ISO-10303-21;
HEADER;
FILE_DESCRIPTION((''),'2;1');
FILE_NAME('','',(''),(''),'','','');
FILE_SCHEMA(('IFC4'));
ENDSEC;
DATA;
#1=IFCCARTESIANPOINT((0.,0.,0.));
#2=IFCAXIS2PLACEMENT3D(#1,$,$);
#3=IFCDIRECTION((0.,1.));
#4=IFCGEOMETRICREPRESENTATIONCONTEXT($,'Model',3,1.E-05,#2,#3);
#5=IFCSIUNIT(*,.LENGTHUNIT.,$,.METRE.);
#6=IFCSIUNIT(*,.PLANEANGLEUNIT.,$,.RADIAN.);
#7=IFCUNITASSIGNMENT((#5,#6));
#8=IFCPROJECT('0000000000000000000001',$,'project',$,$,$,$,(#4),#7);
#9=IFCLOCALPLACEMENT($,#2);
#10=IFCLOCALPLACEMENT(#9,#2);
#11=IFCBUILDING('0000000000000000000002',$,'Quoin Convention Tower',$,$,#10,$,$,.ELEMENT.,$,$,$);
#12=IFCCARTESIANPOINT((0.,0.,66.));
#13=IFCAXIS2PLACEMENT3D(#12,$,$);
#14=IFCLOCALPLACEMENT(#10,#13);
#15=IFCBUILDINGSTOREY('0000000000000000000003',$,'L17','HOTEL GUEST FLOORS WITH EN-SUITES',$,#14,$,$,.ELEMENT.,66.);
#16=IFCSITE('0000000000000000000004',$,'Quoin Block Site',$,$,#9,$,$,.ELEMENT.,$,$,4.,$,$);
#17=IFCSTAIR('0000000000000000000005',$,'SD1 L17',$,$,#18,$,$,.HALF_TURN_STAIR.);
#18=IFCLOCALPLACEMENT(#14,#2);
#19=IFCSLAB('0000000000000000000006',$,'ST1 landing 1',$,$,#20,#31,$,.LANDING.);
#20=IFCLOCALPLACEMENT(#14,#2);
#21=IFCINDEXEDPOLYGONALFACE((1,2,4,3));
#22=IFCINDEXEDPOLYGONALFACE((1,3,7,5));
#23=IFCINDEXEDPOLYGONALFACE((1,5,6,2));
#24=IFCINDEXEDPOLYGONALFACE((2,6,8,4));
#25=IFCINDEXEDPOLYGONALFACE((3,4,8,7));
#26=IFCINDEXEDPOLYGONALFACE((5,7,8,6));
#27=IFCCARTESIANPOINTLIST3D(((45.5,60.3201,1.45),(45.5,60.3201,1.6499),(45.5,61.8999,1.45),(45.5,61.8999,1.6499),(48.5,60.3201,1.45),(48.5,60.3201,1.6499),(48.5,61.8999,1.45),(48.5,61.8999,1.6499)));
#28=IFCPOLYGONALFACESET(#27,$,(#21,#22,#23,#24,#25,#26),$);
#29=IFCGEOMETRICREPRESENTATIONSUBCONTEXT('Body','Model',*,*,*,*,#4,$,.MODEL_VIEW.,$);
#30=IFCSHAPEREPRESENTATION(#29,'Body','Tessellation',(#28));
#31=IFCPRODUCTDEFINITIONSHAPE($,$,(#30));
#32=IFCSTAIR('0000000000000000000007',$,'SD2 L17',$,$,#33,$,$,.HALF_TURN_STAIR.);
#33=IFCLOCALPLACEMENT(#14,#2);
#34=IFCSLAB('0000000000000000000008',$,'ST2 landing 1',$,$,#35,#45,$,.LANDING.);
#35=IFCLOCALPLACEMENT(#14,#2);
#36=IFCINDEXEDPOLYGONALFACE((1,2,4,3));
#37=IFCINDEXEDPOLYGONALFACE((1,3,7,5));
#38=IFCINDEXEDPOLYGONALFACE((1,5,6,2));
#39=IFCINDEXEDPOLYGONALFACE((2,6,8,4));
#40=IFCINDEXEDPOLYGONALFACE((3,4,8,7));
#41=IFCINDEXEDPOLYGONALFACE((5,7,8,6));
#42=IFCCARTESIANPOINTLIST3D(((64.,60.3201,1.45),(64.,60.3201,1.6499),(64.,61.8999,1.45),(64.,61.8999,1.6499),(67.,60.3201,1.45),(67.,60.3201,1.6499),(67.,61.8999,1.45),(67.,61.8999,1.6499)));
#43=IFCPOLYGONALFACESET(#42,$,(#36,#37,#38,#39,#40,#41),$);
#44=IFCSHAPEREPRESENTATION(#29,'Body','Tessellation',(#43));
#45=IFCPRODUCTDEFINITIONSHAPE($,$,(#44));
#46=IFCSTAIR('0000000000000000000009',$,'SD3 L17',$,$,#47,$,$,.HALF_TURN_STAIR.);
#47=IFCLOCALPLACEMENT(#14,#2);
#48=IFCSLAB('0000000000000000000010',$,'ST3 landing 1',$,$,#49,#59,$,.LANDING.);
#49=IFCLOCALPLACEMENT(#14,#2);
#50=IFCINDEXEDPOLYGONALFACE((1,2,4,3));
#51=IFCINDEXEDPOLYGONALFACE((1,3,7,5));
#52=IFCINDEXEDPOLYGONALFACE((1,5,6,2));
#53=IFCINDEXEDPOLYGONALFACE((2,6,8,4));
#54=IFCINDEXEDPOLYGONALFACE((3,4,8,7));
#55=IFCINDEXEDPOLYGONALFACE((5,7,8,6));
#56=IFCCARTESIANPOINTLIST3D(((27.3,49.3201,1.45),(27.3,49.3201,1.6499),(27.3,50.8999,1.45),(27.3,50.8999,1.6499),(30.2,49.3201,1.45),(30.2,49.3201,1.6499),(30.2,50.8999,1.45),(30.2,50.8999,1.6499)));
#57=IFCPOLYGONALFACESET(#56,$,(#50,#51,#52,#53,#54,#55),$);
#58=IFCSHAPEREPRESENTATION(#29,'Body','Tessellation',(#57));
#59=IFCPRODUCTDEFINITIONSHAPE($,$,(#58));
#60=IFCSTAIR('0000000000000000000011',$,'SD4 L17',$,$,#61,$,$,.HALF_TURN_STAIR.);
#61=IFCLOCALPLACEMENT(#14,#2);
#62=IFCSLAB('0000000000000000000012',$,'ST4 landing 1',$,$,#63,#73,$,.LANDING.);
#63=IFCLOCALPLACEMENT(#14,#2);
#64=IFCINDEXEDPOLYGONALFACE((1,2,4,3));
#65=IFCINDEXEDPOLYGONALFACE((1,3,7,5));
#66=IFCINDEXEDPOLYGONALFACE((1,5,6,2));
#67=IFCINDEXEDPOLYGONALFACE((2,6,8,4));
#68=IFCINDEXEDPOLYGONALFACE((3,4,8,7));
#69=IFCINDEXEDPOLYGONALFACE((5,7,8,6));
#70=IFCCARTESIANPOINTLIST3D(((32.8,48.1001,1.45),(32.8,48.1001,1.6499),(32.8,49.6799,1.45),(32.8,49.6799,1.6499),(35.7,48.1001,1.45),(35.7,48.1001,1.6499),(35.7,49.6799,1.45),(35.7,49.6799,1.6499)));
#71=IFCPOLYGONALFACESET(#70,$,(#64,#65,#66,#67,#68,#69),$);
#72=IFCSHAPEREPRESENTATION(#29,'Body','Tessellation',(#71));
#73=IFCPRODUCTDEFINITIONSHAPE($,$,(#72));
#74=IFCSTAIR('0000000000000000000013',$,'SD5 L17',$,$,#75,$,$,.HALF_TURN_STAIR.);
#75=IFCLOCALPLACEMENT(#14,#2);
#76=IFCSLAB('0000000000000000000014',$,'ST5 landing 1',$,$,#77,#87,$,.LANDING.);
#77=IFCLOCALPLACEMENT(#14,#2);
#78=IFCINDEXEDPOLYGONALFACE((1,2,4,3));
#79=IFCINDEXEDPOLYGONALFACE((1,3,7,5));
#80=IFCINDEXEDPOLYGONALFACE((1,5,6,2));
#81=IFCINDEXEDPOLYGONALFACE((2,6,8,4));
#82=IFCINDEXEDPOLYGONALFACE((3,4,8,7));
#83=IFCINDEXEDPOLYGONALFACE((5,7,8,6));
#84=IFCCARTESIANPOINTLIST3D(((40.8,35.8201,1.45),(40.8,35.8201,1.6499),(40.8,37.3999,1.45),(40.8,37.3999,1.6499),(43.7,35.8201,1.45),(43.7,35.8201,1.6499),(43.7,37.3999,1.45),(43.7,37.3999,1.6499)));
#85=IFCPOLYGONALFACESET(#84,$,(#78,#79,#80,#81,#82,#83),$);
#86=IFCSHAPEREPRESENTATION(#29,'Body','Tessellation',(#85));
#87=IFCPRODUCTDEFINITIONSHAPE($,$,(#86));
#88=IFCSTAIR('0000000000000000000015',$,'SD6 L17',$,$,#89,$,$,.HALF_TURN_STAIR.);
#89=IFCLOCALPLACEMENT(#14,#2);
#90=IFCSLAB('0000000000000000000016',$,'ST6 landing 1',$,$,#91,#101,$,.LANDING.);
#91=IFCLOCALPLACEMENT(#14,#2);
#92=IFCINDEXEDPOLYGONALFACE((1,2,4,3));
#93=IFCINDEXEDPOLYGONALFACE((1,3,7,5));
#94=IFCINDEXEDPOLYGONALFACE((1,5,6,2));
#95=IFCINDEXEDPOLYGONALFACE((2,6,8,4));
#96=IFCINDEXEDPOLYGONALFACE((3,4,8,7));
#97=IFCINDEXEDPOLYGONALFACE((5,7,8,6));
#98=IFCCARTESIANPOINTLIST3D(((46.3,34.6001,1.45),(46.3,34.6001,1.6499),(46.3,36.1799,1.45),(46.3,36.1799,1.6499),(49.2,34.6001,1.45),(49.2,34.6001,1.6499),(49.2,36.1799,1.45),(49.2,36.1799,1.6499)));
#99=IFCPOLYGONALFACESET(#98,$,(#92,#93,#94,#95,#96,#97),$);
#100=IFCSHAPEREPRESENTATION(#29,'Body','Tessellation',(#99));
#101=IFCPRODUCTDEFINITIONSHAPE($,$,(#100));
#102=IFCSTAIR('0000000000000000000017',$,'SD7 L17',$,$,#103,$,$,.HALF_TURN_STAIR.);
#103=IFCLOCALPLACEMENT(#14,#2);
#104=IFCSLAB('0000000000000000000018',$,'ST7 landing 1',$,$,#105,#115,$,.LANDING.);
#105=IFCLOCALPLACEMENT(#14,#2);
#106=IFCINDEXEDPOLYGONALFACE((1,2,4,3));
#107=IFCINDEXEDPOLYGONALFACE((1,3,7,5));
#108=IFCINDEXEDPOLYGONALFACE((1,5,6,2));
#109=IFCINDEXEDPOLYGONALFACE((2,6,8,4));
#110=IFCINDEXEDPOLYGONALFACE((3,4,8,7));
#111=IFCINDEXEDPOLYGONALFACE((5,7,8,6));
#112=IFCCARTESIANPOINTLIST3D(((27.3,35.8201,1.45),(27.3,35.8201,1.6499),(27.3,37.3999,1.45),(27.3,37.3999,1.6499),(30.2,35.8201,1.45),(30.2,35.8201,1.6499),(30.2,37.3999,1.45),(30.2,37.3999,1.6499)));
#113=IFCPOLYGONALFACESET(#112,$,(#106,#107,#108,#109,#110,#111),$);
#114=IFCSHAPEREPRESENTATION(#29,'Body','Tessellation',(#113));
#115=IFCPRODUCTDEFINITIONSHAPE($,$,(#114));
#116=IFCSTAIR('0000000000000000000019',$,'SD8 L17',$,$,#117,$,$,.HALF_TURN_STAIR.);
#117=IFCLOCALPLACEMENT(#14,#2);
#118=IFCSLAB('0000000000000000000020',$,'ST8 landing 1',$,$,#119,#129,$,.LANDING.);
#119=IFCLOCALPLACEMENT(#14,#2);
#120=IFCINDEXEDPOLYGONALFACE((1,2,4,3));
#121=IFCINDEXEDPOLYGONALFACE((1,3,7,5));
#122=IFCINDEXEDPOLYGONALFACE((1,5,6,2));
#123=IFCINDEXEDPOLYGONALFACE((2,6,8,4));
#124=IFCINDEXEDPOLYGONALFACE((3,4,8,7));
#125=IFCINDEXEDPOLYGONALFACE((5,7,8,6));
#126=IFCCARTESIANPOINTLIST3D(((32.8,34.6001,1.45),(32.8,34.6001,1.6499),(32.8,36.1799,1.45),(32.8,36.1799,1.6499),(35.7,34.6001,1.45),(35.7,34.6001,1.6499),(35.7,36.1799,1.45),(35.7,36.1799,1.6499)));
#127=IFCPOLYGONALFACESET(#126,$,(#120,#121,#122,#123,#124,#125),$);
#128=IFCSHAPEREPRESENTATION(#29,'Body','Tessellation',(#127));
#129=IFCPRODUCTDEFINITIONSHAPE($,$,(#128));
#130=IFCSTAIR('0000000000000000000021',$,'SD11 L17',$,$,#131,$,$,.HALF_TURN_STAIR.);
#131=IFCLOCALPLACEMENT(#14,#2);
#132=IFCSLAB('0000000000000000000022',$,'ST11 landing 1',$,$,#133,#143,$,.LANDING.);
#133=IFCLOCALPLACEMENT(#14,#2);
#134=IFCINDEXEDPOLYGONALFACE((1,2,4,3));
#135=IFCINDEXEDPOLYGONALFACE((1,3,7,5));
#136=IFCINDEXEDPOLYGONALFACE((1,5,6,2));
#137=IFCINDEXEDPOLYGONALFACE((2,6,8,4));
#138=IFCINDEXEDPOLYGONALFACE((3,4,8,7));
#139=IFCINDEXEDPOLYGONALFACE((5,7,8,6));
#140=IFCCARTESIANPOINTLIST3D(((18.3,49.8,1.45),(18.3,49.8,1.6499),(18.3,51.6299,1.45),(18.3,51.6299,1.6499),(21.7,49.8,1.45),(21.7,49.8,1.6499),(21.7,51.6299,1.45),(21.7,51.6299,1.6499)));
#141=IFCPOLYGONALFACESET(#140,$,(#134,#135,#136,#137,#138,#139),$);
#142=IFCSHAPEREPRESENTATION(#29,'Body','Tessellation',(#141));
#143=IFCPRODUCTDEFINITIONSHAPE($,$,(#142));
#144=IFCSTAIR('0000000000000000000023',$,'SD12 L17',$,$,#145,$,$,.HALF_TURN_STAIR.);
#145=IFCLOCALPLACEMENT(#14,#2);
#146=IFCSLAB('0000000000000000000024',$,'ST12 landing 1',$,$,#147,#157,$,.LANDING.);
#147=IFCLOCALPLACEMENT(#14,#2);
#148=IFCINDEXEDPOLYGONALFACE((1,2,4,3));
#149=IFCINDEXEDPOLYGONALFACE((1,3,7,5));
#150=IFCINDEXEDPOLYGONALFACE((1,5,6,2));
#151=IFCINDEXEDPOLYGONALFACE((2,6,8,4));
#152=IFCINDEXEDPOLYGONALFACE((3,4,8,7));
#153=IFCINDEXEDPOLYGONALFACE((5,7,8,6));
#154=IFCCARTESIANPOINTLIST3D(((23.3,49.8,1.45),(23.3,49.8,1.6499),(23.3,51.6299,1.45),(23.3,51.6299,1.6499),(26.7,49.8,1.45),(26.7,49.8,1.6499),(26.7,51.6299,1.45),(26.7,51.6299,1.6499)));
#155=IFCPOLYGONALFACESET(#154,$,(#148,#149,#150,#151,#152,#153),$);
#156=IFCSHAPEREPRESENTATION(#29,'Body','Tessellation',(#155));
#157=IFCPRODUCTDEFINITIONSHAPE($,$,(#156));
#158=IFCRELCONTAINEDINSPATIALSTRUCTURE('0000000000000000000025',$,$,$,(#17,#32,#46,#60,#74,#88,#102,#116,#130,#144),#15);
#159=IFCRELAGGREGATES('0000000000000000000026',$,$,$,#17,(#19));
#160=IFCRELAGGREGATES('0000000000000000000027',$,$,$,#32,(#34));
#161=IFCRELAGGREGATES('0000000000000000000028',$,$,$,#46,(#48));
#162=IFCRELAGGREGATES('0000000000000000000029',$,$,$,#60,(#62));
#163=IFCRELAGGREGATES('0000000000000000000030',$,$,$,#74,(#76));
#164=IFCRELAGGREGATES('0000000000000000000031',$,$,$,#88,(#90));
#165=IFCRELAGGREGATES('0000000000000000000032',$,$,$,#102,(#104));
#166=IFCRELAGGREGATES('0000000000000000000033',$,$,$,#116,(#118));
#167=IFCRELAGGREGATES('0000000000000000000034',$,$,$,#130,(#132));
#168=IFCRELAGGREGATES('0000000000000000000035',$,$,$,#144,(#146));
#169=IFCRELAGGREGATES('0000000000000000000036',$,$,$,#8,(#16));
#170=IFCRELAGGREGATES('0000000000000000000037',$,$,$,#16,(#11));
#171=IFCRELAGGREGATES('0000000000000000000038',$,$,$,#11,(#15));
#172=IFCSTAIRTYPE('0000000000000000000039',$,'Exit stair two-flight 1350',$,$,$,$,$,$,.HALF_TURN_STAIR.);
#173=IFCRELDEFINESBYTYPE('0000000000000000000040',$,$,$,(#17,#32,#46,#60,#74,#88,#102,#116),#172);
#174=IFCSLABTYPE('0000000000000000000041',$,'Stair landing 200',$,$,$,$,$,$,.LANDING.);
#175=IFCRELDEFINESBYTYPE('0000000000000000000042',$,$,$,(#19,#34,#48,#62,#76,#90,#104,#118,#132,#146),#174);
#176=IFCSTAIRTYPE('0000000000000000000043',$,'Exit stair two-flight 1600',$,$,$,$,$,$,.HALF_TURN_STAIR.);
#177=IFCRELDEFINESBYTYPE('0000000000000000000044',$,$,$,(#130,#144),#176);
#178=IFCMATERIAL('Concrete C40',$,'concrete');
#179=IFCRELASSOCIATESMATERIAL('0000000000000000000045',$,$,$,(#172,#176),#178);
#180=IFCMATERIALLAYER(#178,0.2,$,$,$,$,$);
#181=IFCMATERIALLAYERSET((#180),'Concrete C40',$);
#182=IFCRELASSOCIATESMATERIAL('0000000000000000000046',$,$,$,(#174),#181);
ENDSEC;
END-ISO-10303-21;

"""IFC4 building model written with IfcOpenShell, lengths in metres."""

from ifc_helpers import new_model, si_unit, direction, frame, origin, place, context, subcontext, project, spatial, polyline, outline, extrude, material, layer, layer_set, type_object, element, aggregate, save


model = new_model("IFC4")

# Units and contexts
model_context = context("Model", 3, precision=1e-05, world=origin(), true_north=direction((0.0, 1.0)))
body_context = subcontext(model_context, "Body", "Model", "MODEL_VIEW")
ifc_project = project(units=[si_unit("LENGTHUNIT", "METRE"), si_unit("PLANEANGLEUNIT", "RADIAN")], contexts=[model_context])

# Site, building, storey
site_placement = place(None, origin())
site = spatial("IfcSite", under=ifc_project, at=site_placement, Name="Quoin Block Site", CompositionType="ELEMENT", RefElevation=4.0)
building_placement = place(site_placement, origin())
building = spatial("IfcBuilding", under=site, at=building_placement, Name="Quoin Convention Tower", CompositionType="ELEMENT")
storey_placement = place(building_placement, frame((0.0, 0.0, 66.0)))
storey = spatial("IfcBuildingStorey", under=building, at=storey_placement, Name="L17", Description="HOTEL GUEST FLOORS WITH EN-SUITES", CompositionType="ELEMENT", Elevation=66.0)

# Stairs, slabs
ifc_material_1 = material(Name="Concrete C40", Category="concrete")
stair_type_1 = type_object("IfcStairType", Name="Exit stair two-flight 1350", PredefinedType="HALF_TURN_STAIR", material=ifc_material_1)
stair_1_placement = place(storey_placement, origin())
stair_1 = element("IfcStair", 1, at=stair_1_placement, inside=storey, type_object=stair_type_1, Name="SD1 L17", PredefinedType="HALF_TURN_STAIR")
ifc_layer_1 = layer(ifc_material_1, 0.2)
ifc_layer_set_1 = layer_set([ifc_layer_1], Name="Concrete C40")
slab_type_1 = type_object("IfcSlabType", Name="Stair landing 200", PredefinedType="LANDING", material=ifc_layer_set_1)
slab_1_placement = place(storey_placement, frame((0.0, 0.0, 1.45)))
slab_1 = element("IfcSlab", 2, at=slab_1_placement, type_object=slab_type_1, Name="ST1 landing 1", PredefinedType="LANDING", context=body_context, shape_type="SweptSolid", body=[
    extrude(outline(polyline([(45.5, 60.3201), (48.5, 60.3201), (48.5, 61.8999), (45.5, 61.8999), (45.5, 60.3201)])), origin(), (0.0, 0.0, 1.0), 0.2),
])
aggregate(stair_1, [slab_1])
stair_2_placement = place(storey_placement, origin())
stair_2 = element("IfcStair", 3, at=stair_2_placement, inside=storey, type_object=stair_type_1, Name="SD2 L17", PredefinedType="HALF_TURN_STAIR")
slab_2_placement = place(storey_placement, frame((0.0, 0.0, 1.45)))
slab_2 = element("IfcSlab", 4, at=slab_2_placement, type_object=slab_type_1, Name="ST2 landing 1", PredefinedType="LANDING", context=body_context, shape_type="SweptSolid", body=[
    extrude(outline(polyline([(64.0, 60.3201), (67.0, 60.3201), (67.0, 61.8999), (64.0, 61.8999), (64.0, 60.3201)])), origin(), (0.0, 0.0, 1.0), 0.2),
])
aggregate(stair_2, [slab_2])
stair_3_placement = place(storey_placement, origin())
stair_3 = element("IfcStair", 5, at=stair_3_placement, inside=storey, type_object=stair_type_1, Name="SD3 L17", PredefinedType="HALF_TURN_STAIR")
slab_3_placement = place(storey_placement, frame((0.0, 0.0, 1.45)))
slab_3 = element("IfcSlab", 6, at=slab_3_placement, type_object=slab_type_1, Name="ST3 landing 1", PredefinedType="LANDING", context=body_context, shape_type="SweptSolid", body=[
    extrude(outline(polyline([(27.3, 49.3201), (30.2, 49.3201), (30.2, 50.8999), (27.3, 50.8999), (27.3, 49.3201)])), origin(), (0.0, 0.0, 1.0), 0.2),
])
aggregate(stair_3, [slab_3])
stair_4_placement = place(storey_placement, origin())
stair_4 = element("IfcStair", 7, at=stair_4_placement, inside=storey, type_object=stair_type_1, Name="SD4 L17", PredefinedType="HALF_TURN_STAIR")
slab_4_placement = place(storey_placement, frame((0.0, 0.0, 1.45)))
slab_4 = element("IfcSlab", 8, at=slab_4_placement, type_object=slab_type_1, Name="ST4 landing 1", PredefinedType="LANDING", context=body_context, shape_type="SweptSolid", body=[
    extrude(outline(polyline([(35.7, 49.6799), (32.8, 49.6799), (32.8, 48.1001), (35.7, 48.1001), (35.7, 49.6799)])), origin(), (0.0, 0.0, 1.0), 0.2),
])
aggregate(stair_4, [slab_4])
stair_5_placement = place(storey_placement, origin())
stair_5 = element("IfcStair", 9, at=stair_5_placement, inside=storey, type_object=stair_type_1, Name="SD5 L17", PredefinedType="HALF_TURN_STAIR")
slab_5_placement = place(storey_placement, frame((0.0, 0.0, 1.45)))
slab_5 = element("IfcSlab", 10, at=slab_5_placement, type_object=slab_type_1, Name="ST5 landing 1", PredefinedType="LANDING", context=body_context, shape_type="SweptSolid", body=[
    extrude(outline(polyline([(40.8, 35.8201), (43.7, 35.8201), (43.7, 37.3999), (40.8, 37.3999), (40.8, 35.8201)])), origin(), (0.0, 0.0, 1.0), 0.2),
])
aggregate(stair_5, [slab_5])
stair_6_placement = place(storey_placement, origin())
stair_6 = element("IfcStair", 11, at=stair_6_placement, inside=storey, type_object=stair_type_1, Name="SD6 L17", PredefinedType="HALF_TURN_STAIR")
slab_6_placement = place(storey_placement, frame((0.0, 0.0, 1.45)))
slab_6 = element("IfcSlab", 12, at=slab_6_placement, type_object=slab_type_1, Name="ST6 landing 1", PredefinedType="LANDING", context=body_context, shape_type="SweptSolid", body=[
    extrude(outline(polyline([(49.2, 36.1799), (46.3, 36.1799), (46.3, 34.6001), (49.2, 34.6001), (49.2, 36.1799)])), origin(), (0.0, 0.0, 1.0), 0.2),
])
aggregate(stair_6, [slab_6])
stair_7_placement = place(storey_placement, origin())
stair_7 = element("IfcStair", 13, at=stair_7_placement, inside=storey, type_object=stair_type_1, Name="SD7 L17", PredefinedType="HALF_TURN_STAIR")
slab_7_placement = place(storey_placement, frame((0.0, 0.0, 1.45)))
slab_7 = element("IfcSlab", 14, at=slab_7_placement, type_object=slab_type_1, Name="ST7 landing 1", PredefinedType="LANDING", context=body_context, shape_type="SweptSolid", body=[
    extrude(outline(polyline([(27.3, 35.8201), (30.2, 35.8201), (30.2, 37.3999), (27.3, 37.3999), (27.3, 35.8201)])), origin(), (0.0, 0.0, 1.0), 0.2),
])
aggregate(stair_7, [slab_7])
stair_8_placement = place(storey_placement, origin())
stair_8 = element("IfcStair", 15, at=stair_8_placement, inside=storey, type_object=stair_type_1, Name="SD8 L17", PredefinedType="HALF_TURN_STAIR")
slab_8_placement = place(storey_placement, frame((0.0, 0.0, 1.45)))
slab_8 = element("IfcSlab", 16, at=slab_8_placement, type_object=slab_type_1, Name="ST8 landing 1", PredefinedType="LANDING", context=body_context, shape_type="SweptSolid", body=[
    extrude(outline(polyline([(35.7, 36.1799), (32.8, 36.1799), (32.8, 34.6001), (35.7, 34.6001), (35.7, 36.1799)])), origin(), (0.0, 0.0, 1.0), 0.2),
])
aggregate(stair_8, [slab_8])
stair_type_2 = type_object("IfcStairType", Name="Exit stair two-flight 1600", PredefinedType="HALF_TURN_STAIR", material=ifc_material_1)
stair_9_placement = place(storey_placement, origin())
stair_9 = element("IfcStair", 17, at=stair_9_placement, inside=storey, type_object=stair_type_2, Name="SD11 L17", PredefinedType="HALF_TURN_STAIR")
slab_9_placement = place(storey_placement, frame((0.0, 0.0, 1.45)))
slab_9 = element("IfcSlab", 18, at=slab_9_placement, type_object=slab_type_1, Name="ST11 landing 1", PredefinedType="LANDING", context=body_context, shape_type="SweptSolid", body=[
    extrude(outline(polyline([(21.7, 51.6299), (18.3, 51.6299), (18.3, 49.8), (21.7, 49.8), (21.7, 51.6299)])), origin(), (0.0, 0.0, 1.0), 0.2),
])
aggregate(stair_9, [slab_9])
stair_10_placement = place(storey_placement, origin())
stair_10 = element("IfcStair", 19, at=stair_10_placement, inside=storey, type_object=stair_type_2, Name="SD12 L17", PredefinedType="HALF_TURN_STAIR")
slab_10_placement = place(storey_placement, frame((0.0, 0.0, 1.45)))
slab_10 = element("IfcSlab", 20, at=slab_10_placement, type_object=slab_type_1, Name="ST12 landing 1", PredefinedType="LANDING", context=body_context, shape_type="SweptSolid", body=[
    extrude(outline(polyline([(26.7, 51.6299), (23.3, 51.6299), (23.3, 49.8), (26.7, 49.8), (26.7, 51.6299)])), origin(), (0.0, 0.0, 1.0), 0.2),
])
aggregate(stair_10, [slab_10])

save(model, "model.ifc")
